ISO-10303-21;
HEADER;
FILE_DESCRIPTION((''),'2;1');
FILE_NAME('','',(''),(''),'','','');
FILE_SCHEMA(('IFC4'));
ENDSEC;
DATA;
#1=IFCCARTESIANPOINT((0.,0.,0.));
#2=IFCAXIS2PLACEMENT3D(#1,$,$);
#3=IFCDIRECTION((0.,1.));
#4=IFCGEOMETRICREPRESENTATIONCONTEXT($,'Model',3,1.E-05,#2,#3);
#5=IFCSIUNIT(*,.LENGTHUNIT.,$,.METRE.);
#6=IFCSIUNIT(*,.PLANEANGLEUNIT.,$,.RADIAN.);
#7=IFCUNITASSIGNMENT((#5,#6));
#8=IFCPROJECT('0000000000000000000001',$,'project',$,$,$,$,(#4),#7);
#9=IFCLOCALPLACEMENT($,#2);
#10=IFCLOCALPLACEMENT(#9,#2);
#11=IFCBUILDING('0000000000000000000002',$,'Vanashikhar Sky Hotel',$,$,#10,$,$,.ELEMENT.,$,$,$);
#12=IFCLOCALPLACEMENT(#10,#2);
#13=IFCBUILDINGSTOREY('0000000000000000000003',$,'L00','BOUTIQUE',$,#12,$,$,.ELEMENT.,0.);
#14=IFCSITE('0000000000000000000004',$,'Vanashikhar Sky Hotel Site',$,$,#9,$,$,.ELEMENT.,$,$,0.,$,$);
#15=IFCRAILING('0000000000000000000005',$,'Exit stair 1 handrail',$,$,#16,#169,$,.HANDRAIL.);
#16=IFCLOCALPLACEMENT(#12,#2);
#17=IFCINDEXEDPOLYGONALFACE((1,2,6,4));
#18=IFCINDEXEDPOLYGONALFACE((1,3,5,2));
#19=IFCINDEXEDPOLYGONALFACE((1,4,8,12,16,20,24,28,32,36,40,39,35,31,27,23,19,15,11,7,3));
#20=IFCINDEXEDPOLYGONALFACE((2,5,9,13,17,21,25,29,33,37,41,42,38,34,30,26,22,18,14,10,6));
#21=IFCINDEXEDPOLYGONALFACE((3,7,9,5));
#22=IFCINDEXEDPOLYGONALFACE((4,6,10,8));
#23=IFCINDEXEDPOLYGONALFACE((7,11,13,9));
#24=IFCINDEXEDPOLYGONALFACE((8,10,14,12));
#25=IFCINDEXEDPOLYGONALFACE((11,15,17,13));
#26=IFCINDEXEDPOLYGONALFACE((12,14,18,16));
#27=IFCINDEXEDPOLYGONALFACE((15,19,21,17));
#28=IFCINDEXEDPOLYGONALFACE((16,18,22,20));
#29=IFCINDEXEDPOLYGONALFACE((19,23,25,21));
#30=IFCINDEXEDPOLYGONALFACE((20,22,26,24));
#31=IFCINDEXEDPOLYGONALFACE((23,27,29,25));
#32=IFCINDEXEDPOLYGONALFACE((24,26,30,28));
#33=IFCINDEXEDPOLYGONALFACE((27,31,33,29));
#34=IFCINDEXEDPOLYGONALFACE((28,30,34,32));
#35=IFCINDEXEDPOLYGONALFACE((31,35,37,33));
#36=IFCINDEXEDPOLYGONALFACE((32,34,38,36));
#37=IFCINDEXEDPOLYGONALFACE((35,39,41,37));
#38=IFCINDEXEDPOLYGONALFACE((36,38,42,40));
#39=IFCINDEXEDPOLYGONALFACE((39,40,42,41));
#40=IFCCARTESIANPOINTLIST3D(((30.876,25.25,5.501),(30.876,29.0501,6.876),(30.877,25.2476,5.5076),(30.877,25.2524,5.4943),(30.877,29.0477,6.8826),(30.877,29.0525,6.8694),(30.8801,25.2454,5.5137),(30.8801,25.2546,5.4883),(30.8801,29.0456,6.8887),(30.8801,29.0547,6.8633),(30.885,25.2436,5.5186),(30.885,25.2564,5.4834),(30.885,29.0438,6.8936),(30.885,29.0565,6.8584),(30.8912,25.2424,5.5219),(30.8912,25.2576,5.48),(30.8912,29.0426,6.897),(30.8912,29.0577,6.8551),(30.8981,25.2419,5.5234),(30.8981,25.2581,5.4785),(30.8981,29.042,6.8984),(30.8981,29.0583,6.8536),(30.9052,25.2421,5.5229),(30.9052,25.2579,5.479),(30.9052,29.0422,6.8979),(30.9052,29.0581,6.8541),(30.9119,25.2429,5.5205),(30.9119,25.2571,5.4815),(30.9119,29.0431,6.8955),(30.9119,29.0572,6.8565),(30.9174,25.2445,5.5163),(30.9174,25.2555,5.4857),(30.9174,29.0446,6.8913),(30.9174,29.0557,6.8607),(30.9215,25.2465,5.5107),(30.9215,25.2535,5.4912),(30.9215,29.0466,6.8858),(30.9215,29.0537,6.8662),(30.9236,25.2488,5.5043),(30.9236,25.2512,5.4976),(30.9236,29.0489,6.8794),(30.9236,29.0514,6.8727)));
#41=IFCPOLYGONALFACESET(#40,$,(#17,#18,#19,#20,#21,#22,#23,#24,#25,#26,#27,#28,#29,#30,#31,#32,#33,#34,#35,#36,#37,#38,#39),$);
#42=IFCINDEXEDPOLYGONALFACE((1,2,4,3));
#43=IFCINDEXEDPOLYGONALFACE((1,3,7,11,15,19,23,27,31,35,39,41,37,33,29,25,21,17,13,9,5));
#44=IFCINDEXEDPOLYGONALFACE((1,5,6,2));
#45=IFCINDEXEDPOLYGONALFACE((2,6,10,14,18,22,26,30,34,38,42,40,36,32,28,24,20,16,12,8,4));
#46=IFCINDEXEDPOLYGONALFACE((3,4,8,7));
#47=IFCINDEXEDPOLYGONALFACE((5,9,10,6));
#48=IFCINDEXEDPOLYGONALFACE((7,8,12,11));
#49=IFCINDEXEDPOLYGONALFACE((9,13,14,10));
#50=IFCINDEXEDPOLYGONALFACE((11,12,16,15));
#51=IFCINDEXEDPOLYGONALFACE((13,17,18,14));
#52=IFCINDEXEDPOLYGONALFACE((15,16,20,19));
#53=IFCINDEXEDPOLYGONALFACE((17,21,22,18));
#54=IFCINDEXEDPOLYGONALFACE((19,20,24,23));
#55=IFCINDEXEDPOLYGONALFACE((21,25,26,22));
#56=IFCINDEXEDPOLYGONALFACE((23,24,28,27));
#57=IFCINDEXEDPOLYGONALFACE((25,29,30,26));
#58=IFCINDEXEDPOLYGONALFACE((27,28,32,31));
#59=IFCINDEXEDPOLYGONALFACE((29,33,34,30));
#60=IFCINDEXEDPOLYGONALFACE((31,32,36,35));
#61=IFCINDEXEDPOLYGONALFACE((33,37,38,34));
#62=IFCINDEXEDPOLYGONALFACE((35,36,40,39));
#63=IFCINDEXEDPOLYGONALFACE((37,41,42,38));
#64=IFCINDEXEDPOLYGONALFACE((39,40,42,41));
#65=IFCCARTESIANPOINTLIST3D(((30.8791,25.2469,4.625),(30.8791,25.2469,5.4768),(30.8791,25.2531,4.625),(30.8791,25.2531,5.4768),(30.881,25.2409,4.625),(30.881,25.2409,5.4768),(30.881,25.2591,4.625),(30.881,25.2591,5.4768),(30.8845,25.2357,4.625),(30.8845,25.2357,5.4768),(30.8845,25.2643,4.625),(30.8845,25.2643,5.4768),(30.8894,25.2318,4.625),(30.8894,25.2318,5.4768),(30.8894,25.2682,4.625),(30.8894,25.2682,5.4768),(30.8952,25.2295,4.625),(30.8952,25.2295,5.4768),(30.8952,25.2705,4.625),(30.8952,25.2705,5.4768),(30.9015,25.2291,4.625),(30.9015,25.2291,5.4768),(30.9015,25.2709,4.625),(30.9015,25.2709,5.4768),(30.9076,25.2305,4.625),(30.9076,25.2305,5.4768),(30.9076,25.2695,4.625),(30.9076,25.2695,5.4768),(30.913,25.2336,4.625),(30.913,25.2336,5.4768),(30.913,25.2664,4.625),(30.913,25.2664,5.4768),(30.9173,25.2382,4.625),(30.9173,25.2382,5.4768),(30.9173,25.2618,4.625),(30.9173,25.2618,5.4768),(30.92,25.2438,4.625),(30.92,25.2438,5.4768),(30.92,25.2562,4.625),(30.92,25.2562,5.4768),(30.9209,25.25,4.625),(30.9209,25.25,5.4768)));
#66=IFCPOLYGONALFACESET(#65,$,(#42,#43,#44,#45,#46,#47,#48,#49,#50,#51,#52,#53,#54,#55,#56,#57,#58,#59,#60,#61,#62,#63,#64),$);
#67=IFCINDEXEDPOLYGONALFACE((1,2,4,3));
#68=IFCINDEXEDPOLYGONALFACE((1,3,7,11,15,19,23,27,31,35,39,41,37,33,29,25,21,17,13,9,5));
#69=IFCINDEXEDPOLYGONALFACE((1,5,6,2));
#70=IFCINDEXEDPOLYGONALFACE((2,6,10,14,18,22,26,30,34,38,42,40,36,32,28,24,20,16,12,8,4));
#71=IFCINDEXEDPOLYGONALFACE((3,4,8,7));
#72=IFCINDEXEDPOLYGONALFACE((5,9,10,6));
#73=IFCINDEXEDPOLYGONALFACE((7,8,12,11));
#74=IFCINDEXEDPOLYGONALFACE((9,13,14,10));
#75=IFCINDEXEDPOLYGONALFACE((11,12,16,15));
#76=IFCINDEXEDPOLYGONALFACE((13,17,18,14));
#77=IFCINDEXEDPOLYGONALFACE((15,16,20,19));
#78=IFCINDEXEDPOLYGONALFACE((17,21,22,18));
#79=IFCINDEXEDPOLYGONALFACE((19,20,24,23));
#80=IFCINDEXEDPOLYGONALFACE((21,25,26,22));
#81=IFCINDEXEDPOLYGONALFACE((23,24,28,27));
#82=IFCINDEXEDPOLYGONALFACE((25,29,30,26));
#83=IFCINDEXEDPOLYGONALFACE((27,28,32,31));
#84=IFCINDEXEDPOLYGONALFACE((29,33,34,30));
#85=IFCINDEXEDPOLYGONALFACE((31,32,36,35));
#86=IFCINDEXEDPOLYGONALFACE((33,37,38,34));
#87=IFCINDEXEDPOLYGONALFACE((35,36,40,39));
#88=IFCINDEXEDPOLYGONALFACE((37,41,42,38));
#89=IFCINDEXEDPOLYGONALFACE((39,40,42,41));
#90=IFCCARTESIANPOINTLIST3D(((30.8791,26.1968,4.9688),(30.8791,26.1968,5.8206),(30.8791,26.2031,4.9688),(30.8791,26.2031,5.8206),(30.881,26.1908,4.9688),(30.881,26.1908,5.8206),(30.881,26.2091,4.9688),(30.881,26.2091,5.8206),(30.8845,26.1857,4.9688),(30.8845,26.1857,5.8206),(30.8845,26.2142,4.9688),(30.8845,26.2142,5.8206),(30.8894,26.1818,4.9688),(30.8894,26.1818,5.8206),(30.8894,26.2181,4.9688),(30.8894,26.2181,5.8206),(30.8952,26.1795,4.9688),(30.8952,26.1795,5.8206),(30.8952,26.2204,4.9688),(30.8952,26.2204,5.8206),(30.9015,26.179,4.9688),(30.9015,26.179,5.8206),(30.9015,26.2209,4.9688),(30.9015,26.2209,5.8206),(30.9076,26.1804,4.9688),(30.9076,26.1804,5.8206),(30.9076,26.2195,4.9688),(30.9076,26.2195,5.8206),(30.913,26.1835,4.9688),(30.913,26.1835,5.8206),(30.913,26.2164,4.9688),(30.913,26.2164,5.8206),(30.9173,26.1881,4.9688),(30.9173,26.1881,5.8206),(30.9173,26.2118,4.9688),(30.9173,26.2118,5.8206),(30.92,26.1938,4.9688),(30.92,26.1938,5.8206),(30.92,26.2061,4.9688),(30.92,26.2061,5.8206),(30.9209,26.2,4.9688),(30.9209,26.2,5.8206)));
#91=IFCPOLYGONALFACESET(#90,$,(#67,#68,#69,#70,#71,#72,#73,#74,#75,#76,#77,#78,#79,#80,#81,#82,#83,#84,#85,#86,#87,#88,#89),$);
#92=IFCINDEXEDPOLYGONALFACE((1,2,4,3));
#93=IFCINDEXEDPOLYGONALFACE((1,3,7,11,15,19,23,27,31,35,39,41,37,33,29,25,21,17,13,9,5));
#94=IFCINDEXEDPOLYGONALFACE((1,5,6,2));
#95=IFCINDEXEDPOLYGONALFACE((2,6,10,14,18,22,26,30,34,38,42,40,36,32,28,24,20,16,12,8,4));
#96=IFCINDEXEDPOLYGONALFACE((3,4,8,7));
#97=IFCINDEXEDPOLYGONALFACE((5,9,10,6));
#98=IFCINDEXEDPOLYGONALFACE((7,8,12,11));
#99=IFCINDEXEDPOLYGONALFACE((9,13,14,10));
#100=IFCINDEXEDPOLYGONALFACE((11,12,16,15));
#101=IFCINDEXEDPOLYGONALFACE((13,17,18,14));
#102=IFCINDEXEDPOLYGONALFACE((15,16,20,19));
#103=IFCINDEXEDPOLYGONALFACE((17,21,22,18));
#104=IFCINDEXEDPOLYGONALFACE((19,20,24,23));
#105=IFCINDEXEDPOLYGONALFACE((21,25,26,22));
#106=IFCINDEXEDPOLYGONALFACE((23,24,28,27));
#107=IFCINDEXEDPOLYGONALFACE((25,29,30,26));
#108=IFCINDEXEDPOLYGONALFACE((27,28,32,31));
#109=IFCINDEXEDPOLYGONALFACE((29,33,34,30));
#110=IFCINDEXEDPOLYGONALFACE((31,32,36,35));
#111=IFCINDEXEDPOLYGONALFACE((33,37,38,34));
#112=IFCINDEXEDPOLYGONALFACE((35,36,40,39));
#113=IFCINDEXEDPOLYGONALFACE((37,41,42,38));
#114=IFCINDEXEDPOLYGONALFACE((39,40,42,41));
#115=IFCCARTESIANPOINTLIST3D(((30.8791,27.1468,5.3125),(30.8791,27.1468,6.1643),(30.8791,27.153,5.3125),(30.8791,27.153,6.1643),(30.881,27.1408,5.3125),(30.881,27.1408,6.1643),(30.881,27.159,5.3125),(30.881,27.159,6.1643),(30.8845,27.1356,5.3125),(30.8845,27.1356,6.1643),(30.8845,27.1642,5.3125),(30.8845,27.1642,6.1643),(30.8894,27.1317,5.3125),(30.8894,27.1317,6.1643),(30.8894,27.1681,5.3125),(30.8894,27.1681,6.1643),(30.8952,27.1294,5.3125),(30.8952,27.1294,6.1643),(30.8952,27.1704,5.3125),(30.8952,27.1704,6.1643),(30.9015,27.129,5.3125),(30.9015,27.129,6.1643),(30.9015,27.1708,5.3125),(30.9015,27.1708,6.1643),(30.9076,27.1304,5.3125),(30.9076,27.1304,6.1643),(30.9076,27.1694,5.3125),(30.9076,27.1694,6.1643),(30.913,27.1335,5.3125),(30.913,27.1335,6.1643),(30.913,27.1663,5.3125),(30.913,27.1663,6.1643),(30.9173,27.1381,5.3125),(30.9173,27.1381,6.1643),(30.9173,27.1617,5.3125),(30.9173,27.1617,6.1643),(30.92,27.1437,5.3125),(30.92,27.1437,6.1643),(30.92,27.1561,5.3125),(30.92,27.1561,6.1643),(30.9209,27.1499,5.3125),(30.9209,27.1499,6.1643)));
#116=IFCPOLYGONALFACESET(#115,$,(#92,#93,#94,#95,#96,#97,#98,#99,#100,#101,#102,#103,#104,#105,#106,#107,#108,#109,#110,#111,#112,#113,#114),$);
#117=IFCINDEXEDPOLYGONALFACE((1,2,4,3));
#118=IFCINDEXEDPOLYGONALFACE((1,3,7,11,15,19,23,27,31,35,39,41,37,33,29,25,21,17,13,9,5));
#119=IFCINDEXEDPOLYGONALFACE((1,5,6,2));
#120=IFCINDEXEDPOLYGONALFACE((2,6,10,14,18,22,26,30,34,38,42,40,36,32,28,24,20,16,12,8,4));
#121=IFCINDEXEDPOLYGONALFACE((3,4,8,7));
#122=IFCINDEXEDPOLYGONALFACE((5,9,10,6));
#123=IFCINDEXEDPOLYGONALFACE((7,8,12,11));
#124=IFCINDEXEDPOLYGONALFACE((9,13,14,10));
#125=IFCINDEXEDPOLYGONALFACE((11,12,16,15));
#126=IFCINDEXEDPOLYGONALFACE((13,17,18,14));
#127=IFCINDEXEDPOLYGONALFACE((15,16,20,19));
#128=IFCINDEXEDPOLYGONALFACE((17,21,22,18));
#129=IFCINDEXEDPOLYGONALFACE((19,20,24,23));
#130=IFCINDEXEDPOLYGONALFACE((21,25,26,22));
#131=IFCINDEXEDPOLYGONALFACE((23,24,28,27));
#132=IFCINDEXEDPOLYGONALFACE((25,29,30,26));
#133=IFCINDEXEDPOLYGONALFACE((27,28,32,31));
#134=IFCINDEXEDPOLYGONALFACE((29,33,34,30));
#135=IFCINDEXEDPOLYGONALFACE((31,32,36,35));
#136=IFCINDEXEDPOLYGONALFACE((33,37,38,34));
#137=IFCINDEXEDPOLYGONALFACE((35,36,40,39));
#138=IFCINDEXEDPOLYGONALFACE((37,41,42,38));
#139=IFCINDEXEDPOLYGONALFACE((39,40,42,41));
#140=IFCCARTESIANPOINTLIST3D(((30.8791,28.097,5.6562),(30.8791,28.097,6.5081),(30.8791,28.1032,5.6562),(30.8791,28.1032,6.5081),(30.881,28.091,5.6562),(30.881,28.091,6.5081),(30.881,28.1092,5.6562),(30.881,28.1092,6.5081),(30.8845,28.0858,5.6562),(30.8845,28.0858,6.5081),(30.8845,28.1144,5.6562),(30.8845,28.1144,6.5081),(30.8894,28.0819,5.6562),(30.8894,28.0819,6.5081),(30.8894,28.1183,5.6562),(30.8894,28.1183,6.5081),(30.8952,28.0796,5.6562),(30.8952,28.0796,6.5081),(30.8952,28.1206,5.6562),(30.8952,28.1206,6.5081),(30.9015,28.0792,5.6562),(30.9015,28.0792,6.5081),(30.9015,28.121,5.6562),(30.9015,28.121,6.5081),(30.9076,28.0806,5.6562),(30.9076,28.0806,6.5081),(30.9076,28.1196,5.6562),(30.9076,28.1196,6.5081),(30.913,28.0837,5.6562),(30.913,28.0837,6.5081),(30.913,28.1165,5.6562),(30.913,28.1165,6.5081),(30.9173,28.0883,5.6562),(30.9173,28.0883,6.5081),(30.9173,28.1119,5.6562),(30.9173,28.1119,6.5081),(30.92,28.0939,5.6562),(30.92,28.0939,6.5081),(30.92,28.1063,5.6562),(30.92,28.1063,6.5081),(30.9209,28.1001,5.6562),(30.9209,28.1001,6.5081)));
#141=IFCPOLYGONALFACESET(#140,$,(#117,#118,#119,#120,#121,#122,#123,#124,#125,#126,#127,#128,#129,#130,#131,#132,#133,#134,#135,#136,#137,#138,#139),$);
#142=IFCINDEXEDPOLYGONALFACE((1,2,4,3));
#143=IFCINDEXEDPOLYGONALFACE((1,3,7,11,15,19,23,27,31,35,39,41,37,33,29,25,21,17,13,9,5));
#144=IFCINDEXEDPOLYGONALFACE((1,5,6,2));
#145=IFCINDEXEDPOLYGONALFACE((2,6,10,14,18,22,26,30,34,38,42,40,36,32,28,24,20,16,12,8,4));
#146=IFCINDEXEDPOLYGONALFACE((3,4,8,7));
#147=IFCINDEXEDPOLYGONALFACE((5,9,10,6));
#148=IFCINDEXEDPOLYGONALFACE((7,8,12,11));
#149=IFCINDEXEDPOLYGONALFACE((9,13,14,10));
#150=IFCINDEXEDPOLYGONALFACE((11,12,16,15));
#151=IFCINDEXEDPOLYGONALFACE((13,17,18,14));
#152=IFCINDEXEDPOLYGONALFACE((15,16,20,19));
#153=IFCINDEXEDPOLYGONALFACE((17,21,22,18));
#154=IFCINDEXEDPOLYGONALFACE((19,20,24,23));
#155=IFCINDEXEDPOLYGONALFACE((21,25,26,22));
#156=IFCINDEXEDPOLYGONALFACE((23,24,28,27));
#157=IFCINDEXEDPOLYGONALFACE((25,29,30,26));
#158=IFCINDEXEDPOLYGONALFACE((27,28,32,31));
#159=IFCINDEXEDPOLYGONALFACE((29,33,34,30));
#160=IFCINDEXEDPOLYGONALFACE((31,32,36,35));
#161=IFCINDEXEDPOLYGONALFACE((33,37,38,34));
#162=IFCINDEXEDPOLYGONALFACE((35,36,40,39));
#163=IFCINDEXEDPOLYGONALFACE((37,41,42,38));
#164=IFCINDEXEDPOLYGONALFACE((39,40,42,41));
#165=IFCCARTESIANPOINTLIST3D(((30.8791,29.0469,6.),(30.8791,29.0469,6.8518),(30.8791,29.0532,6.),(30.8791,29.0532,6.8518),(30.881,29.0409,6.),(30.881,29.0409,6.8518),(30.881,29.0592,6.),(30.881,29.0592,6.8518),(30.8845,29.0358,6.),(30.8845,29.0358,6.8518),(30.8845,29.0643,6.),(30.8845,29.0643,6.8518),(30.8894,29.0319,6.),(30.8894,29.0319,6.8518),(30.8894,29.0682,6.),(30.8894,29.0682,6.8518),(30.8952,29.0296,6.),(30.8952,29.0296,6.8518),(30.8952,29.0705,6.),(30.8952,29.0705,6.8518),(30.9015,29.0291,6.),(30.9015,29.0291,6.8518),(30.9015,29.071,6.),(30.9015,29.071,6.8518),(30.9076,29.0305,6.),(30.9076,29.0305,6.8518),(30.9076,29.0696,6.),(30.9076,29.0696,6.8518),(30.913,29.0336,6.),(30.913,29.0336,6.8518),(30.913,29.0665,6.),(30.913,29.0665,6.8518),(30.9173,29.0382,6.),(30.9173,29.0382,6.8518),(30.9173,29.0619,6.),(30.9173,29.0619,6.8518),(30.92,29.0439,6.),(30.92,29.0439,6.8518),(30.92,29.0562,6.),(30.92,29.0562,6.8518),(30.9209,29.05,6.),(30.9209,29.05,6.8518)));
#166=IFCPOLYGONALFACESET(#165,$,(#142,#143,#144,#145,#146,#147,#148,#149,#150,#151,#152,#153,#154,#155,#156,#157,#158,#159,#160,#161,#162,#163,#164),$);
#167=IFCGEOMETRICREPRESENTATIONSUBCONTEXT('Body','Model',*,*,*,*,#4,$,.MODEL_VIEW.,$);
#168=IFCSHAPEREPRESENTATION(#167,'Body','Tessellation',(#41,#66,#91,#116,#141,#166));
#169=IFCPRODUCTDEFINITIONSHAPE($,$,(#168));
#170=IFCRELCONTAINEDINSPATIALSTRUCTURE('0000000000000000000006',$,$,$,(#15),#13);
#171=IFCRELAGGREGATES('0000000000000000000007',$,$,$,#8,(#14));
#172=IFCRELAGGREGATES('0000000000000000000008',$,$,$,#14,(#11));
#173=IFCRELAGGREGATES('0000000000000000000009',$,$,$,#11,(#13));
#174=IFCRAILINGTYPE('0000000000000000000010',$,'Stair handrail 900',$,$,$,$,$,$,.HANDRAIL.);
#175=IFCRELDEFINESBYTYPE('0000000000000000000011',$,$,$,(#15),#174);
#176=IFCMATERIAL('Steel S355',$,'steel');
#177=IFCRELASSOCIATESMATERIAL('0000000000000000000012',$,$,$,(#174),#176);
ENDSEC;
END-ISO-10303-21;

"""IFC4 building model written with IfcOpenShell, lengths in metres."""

from ifc_helpers import new_model, si_unit, direction, frame, origin, origin_2d, place, context, subcontext, project, spatial, circle, extrude, source, transform, mapped, material, type_object, element, save


model = new_model("IFC4")

# Units and contexts
model_context = context("Model", 3, precision=1e-05, world=origin(), true_north=direction((0.0, 1.0)))
body_context = subcontext(model_context, "Body", "Model", "MODEL_VIEW")
ifc_project = project(units=[si_unit("LENGTHUNIT", "METRE"), si_unit("PLANEANGLEUNIT", "RADIAN")], contexts=[model_context])

# Site, building, storey
site_placement = place(None, origin())
site = spatial("IfcSite", under=ifc_project, at=site_placement, Name="Vanashikhar Sky Hotel Site", CompositionType="ELEMENT", RefElevation=0.0)
building_placement = place(site_placement, origin())
building = spatial("IfcBuilding", under=site, at=building_placement, Name="Vanashikhar Sky Hotel", CompositionType="ELEMENT")
storey_placement = place(building_placement, origin())
storey = spatial("IfcBuildingStorey", under=building, at=storey_placement, Name="L00", Description="BOUTIQUE", CompositionType="ELEMENT", Elevation=0.0)

# Railing
ifc_material_1 = material(Name="Steel S355", Category="steel")
railing_type = type_object("IfcRailingType", Name="Stair handrail 900", PredefinedType="HANDRAIL", material=ifc_material_1)
shared_shape_1 = source(origin(), body_context, "Body", "SweptSolid", [
    extrude(circle(Radius=0.0239, at=origin_2d()), frame((0.0, 0.0, 0.876), z_axis=(0.0, 0.940336, 0.340249), x_axis=(-1.0, 0.0, 0.0)), (0.0, 0.0, 1.0), 4.0413),
    extrude(circle(Radius=0.021, at=origin_2d()), origin(), (0.0, 0.0, 1.0), 0.8518),
    extrude(circle(Radius=0.021, at=origin_2d()), frame((0.0, 0.95, 0.3438)), (0.0, 0.0, 1.0), 0.8518),
    extrude(circle(Radius=0.021, at=origin_2d()), frame((0.0, 1.8999, 0.6875)), (0.0, 0.0, 1.0), 0.8518),
    extrude(circle(Radius=0.021, at=origin_2d()), frame((0.0, 2.8501, 1.0312)), (0.0, 0.0, 1.0), 0.8518),
    extrude(circle(Radius=0.021, at=origin_2d()), frame((0.0, 3.8, 1.375)), (0.0, 0.0, 1.0), 0.8518),
])
for number, where, name in (
    (1, (30.8999, 25.25, 4.625), "Exit stair 1 handrail"),
):
    element("IfcRailing", number, at=place(storey_placement, frame(where)), inside=storey, type_object=railing_type, Name=name, PredefinedType="HANDRAIL", context=body_context, shape_type="MappedRepresentation", body=[
        mapped(shared_shape_1, transform((0.0, 0.0, 0.0), scale=1.0)),
    ])

save(model, "model.ifc")
